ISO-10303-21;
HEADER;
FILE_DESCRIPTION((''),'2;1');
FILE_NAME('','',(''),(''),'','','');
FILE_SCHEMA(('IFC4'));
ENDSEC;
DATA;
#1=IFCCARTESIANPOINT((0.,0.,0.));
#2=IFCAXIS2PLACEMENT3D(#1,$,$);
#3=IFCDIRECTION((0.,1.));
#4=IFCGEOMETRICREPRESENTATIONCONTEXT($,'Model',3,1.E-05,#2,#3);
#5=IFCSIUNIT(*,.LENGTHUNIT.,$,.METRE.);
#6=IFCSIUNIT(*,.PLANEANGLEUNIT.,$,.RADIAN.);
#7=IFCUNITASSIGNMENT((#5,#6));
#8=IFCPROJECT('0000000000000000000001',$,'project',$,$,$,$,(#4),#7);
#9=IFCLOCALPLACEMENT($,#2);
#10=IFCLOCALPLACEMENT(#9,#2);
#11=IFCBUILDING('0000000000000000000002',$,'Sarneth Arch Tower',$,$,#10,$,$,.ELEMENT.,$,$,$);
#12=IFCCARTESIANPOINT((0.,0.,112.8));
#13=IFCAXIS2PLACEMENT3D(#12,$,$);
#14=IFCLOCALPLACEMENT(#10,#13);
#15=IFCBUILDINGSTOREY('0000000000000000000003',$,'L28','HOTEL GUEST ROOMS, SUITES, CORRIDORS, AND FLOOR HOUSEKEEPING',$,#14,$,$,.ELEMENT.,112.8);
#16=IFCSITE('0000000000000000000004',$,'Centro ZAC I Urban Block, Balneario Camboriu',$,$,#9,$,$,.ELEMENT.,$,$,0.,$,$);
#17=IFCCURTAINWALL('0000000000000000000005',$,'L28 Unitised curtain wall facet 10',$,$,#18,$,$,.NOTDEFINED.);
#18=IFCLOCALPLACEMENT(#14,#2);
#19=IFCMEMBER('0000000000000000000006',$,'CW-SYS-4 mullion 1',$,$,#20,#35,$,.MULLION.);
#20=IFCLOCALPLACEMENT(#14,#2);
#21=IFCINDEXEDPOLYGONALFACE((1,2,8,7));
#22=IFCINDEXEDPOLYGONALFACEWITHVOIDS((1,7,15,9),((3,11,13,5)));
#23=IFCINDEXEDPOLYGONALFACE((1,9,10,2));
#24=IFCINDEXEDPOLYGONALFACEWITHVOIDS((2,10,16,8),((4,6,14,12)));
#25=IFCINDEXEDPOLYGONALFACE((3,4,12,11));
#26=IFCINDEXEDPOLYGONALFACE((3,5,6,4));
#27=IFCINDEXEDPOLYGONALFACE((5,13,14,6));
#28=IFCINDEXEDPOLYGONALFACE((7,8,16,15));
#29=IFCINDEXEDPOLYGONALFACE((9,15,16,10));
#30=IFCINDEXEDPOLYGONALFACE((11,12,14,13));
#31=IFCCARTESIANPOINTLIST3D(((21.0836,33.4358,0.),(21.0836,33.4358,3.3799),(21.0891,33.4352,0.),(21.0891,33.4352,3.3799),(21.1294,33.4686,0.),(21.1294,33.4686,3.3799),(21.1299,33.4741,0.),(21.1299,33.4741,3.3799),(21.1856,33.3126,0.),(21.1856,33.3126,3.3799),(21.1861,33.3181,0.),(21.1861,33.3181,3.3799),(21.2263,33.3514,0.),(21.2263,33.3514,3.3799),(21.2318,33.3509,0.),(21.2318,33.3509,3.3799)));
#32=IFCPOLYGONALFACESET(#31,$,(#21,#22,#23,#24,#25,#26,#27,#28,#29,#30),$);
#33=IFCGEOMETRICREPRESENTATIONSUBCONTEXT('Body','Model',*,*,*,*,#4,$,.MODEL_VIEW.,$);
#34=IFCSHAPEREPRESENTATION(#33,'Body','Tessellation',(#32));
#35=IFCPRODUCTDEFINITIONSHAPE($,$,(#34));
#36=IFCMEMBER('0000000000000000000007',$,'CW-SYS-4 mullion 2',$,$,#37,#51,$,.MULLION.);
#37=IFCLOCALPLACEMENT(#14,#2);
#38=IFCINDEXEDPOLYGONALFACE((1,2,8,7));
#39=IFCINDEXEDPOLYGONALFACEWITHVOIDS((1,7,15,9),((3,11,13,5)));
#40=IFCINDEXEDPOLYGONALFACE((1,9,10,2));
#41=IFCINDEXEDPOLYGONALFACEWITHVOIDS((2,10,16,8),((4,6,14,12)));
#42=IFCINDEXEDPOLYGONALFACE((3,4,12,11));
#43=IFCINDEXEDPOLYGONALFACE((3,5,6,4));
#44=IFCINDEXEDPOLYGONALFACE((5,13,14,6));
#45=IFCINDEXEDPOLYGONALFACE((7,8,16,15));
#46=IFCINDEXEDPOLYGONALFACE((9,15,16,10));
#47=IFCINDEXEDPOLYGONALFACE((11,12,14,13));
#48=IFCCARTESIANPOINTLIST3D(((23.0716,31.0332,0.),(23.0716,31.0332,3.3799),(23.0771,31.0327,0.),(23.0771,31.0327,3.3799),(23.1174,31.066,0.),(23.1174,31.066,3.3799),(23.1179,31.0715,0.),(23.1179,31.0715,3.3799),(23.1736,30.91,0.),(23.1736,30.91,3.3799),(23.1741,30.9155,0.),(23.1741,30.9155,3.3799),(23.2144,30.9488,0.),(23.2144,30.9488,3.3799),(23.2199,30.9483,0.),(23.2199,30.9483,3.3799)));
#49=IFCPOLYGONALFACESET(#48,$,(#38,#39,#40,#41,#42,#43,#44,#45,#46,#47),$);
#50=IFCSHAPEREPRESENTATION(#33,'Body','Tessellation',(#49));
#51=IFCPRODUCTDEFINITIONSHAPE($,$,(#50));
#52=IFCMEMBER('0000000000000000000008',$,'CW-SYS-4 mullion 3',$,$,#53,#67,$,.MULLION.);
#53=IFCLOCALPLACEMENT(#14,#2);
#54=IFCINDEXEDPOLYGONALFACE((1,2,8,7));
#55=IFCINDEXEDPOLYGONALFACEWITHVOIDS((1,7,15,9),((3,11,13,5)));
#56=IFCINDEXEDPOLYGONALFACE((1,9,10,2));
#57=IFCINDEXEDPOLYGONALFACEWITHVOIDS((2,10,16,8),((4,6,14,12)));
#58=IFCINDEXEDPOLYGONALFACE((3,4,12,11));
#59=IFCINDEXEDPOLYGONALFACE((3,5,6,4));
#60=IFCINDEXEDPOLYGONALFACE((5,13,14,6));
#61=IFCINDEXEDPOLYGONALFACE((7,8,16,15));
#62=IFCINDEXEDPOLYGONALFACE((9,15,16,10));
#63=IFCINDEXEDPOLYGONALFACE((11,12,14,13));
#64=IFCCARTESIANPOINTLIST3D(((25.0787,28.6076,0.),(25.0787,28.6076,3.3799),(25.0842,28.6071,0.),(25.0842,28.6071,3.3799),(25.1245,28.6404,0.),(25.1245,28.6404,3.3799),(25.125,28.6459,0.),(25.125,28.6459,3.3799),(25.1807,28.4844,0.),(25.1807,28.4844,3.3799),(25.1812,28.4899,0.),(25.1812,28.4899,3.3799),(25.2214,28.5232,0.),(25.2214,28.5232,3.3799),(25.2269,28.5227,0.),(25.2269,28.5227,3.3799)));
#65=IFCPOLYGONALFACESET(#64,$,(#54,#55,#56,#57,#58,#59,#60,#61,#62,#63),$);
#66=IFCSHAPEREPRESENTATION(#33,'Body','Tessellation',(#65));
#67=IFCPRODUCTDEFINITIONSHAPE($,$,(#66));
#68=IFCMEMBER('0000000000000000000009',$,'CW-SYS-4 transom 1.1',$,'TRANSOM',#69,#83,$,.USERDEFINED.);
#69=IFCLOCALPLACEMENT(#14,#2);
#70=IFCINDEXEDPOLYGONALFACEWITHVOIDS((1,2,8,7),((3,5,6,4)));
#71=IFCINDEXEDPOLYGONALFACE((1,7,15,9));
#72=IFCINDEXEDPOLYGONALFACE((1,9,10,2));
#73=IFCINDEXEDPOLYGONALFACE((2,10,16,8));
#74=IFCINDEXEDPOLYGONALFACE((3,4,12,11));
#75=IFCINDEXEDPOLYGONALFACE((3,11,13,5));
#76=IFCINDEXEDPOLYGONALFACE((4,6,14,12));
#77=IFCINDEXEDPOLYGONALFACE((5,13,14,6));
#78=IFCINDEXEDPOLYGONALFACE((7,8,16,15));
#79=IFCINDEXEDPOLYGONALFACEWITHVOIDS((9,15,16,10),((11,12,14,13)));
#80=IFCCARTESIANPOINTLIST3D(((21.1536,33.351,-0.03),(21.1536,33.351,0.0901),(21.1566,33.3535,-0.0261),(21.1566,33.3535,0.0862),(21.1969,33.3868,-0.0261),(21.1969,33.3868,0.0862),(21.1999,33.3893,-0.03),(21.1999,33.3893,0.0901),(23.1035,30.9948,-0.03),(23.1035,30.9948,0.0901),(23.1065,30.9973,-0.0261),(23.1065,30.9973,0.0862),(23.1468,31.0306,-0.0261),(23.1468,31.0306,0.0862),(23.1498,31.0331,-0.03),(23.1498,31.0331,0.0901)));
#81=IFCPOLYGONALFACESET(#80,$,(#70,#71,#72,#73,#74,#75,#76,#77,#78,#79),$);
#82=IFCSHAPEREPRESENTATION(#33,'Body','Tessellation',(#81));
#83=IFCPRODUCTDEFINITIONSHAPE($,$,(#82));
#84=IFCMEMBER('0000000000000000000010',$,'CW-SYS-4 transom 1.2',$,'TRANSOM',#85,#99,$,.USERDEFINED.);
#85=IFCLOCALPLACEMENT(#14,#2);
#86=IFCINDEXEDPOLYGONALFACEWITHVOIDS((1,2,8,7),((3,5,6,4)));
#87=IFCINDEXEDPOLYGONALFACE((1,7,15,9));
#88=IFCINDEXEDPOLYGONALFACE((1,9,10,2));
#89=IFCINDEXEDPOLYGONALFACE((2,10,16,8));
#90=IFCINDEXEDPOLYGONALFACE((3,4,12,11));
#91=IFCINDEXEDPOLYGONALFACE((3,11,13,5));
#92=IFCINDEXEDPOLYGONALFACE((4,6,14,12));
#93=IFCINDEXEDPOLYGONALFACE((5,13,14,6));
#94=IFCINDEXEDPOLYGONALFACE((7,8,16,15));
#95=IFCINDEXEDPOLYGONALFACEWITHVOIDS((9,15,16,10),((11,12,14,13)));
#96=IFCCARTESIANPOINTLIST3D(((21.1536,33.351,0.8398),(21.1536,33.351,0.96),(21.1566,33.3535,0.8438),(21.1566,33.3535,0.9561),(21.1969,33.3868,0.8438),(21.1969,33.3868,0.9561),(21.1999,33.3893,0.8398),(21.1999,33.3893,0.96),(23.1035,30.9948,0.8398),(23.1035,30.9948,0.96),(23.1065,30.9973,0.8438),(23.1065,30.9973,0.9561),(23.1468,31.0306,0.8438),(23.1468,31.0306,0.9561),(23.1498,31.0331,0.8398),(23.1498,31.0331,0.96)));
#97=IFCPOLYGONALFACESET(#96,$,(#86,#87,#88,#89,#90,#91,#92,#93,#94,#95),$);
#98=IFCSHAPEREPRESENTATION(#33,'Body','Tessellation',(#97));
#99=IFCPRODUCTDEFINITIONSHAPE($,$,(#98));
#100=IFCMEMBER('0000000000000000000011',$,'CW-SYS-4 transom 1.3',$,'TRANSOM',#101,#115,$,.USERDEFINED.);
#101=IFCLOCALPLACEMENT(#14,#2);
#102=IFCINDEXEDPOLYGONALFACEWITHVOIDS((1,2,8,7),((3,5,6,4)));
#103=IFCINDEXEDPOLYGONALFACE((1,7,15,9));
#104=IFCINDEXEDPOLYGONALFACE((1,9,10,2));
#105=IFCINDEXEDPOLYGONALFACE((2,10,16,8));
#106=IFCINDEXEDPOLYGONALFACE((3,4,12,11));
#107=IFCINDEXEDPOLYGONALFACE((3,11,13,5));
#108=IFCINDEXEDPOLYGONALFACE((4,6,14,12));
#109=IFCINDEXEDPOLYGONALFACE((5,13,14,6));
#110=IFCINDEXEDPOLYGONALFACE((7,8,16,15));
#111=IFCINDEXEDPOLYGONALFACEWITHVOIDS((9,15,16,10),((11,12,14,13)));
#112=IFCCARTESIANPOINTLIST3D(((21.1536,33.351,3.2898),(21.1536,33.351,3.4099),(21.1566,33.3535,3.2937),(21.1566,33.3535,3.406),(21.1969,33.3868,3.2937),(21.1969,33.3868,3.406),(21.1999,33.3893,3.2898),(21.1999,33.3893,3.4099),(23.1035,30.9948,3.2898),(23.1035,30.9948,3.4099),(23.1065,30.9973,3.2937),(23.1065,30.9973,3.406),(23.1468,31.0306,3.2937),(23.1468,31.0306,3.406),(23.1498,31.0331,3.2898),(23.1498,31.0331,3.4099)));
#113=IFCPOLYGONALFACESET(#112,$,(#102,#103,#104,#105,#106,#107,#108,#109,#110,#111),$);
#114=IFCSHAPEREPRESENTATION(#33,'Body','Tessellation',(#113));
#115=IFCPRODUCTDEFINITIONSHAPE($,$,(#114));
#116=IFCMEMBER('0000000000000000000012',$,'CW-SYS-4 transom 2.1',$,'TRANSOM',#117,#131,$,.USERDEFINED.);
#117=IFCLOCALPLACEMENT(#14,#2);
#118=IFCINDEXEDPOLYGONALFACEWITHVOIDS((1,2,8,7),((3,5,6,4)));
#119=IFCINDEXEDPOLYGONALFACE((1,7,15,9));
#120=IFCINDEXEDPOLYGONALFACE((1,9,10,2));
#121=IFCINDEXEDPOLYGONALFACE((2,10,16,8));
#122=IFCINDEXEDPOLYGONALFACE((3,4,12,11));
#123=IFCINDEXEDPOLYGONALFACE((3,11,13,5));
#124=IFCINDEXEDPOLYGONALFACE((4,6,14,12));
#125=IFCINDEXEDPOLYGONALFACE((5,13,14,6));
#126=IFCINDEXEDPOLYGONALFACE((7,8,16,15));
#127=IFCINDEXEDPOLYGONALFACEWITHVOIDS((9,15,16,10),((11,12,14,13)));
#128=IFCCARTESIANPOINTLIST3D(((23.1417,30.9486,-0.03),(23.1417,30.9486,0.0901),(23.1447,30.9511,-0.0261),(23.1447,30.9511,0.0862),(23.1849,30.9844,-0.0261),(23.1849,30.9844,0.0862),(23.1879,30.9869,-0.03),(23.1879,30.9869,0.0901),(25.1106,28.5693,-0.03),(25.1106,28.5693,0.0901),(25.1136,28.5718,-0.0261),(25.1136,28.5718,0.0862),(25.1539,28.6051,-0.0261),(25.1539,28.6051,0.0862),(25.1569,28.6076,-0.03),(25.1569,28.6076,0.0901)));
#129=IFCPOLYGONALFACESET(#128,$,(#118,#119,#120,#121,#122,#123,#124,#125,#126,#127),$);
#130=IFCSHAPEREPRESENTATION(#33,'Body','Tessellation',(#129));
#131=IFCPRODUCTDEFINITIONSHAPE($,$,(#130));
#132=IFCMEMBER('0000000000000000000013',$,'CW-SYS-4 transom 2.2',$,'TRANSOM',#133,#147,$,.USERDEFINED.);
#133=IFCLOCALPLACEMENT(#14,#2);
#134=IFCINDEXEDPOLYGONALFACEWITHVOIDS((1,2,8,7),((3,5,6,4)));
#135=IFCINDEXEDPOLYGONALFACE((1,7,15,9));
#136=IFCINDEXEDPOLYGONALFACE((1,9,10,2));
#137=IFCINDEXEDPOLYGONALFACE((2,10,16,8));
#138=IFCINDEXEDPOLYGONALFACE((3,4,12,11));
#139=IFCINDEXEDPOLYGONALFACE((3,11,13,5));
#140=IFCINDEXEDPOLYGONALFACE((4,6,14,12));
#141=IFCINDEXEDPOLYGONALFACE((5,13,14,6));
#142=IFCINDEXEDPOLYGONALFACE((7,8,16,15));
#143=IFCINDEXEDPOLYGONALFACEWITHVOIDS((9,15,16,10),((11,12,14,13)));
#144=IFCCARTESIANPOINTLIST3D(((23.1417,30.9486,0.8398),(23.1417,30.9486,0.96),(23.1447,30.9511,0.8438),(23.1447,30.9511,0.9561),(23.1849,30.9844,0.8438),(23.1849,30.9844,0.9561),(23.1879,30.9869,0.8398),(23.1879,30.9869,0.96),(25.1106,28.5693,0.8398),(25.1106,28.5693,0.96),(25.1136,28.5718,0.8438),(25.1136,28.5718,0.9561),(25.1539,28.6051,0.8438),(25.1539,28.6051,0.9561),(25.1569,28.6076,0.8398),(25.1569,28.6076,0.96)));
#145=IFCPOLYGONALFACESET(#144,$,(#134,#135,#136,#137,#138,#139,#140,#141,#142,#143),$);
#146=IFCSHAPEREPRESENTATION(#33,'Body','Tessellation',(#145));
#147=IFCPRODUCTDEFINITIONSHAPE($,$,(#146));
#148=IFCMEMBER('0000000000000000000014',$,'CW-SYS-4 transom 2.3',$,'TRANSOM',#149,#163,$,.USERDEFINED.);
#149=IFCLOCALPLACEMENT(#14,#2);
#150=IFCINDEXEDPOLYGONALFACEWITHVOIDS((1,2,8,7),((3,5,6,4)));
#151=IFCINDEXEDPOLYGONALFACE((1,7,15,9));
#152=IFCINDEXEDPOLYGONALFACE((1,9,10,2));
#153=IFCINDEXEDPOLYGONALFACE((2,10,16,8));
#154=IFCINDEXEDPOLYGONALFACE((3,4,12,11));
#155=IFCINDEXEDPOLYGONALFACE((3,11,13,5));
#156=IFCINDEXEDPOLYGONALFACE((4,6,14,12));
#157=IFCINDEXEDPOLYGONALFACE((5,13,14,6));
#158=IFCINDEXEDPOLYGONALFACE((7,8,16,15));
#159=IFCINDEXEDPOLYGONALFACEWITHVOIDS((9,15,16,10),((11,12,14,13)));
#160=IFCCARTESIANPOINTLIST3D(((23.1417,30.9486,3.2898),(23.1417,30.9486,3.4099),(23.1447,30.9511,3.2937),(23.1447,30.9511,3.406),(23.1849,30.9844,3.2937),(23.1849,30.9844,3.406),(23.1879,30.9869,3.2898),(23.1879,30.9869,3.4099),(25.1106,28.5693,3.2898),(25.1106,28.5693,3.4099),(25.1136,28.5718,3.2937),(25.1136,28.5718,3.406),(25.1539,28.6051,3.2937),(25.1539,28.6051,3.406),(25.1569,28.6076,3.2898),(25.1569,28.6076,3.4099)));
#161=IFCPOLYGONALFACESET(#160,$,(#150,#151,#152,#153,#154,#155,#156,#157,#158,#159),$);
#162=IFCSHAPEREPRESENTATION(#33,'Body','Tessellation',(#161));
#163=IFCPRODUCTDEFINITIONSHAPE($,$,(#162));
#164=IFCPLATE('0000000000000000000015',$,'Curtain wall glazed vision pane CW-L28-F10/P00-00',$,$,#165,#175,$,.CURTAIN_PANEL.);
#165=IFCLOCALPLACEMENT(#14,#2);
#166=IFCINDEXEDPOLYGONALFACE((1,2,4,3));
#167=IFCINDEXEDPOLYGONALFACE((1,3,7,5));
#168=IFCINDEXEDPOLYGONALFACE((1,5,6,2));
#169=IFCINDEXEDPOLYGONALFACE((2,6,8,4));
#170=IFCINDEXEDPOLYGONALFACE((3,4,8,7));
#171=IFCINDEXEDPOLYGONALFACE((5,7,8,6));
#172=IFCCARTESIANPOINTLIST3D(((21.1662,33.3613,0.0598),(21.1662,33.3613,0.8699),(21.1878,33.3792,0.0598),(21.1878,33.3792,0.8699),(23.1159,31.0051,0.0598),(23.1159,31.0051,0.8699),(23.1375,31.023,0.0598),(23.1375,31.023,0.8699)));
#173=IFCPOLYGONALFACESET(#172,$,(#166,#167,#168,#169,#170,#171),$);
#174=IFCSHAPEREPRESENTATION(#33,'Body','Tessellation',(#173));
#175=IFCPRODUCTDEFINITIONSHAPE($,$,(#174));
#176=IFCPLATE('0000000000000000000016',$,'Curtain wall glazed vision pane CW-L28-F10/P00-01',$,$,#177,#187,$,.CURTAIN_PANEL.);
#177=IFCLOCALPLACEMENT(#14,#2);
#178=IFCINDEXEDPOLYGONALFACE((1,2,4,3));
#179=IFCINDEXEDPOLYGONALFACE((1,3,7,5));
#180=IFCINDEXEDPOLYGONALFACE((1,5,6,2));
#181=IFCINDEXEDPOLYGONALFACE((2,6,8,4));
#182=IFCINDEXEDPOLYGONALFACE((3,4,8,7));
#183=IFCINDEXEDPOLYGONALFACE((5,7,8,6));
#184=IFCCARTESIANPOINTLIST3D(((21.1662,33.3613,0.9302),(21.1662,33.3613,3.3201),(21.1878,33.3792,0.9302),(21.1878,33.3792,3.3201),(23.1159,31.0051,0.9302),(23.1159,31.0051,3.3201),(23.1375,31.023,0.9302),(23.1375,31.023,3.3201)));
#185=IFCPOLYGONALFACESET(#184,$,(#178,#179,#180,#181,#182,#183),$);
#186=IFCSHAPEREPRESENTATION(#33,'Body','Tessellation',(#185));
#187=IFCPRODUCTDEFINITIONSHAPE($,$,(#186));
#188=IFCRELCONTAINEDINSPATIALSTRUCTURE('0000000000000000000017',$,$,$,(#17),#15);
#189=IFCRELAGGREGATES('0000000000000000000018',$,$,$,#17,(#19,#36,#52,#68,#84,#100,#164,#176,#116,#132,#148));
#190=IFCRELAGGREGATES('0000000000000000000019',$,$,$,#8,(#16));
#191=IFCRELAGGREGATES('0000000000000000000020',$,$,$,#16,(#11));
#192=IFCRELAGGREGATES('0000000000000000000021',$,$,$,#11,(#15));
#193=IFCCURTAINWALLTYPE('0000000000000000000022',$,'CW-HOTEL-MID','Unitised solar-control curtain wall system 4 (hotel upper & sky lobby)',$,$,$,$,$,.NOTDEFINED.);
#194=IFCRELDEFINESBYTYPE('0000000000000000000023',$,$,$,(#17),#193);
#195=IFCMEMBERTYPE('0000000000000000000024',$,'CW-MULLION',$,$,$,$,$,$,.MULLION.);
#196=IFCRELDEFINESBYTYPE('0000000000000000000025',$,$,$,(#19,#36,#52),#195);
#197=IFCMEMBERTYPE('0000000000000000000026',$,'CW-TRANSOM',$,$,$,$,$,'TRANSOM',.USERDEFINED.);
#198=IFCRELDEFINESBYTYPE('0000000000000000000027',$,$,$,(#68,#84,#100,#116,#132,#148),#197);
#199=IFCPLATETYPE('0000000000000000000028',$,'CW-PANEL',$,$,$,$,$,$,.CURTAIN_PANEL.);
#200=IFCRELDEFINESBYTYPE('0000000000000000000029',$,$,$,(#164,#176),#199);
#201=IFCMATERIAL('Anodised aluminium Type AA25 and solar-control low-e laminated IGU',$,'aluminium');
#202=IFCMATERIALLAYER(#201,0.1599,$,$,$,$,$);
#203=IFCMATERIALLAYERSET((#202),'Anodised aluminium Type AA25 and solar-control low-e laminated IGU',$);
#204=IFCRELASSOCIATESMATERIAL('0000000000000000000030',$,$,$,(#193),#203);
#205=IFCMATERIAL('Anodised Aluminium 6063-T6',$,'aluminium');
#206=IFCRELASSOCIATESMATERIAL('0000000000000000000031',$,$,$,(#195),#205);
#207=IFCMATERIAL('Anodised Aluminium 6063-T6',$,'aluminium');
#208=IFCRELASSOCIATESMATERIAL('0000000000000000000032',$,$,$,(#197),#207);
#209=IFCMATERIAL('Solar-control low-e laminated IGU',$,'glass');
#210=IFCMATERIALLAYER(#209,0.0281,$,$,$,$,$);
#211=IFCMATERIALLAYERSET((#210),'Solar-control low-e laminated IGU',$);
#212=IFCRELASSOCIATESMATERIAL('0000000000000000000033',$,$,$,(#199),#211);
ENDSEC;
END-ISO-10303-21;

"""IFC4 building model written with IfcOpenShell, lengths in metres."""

from ifc_helpers import new_model, si_unit, direction, frame, origin, origin_2d, place, context, subcontext, project, spatial, rectangle, hollow_rectangle, extrude, material, layer, layer_set, material_profile, profile_set, type_object, element, aggregate, save


model = new_model("IFC4")

# Units and contexts
model_context = context("Model", 3, precision=1e-05, world=origin(), true_north=direction((0.0, 1.0)))
body_context = subcontext(model_context, "Body", "Model", "MODEL_VIEW")
ifc_project = project(units=[si_unit("LENGTHUNIT", "METRE"), si_unit("PLANEANGLEUNIT", "RADIAN")], contexts=[model_context])

# Site, building, storey
site_placement = place(None, origin())
site = spatial("IfcSite", under=ifc_project, at=site_placement, Name="Centro ZAC I Urban Block, Balneario Camboriu", CompositionType="ELEMENT", RefElevation=0.0)
building_placement = place(site_placement, origin())
building = spatial("IfcBuilding", under=site, at=building_placement, Name="Sarneth Arch Tower", CompositionType="ELEMENT")
storey_placement = place(building_placement, frame((0.0, 0.0, 112.8)))
storey = spatial("IfcBuildingStorey", under=building, at=storey_placement, Name="L28", Description="HOTEL GUEST ROOMS, SUITES, CORRIDORS, AND FLOOR HOUSEKEEPING", CompositionType="ELEMENT", Elevation=112.8)

# Curtain wall, members, plates
ifc_material_1 = material(Name="Anodised aluminium Type AA25 and solar-control low-e laminated IGU", Category="aluminium")
ifc_layer_1 = layer(ifc_material_1, 0.1599)
ifc_layer_set_1 = layer_set([ifc_layer_1], Name="Anodised aluminium Type AA25 and solar-control low-e laminated IGU")
curtain_wall_type = type_object("IfcCurtainWallType", Name="CW-HOTEL-MID", Description="Unitised solar-control curtain wall system 4 (hotel upper & sky lobby)", PredefinedType="NOTDEFINED", material=ifc_layer_set_1)
curtain_wall_placement = place(storey_placement, origin())
curtain_wall = element("IfcCurtainWall", 1, at=curtain_wall_placement, inside=storey, type_object=curtain_wall_type, Name="L28 Unitised curtain wall facet 10", PredefinedType="NOTDEFINED")
ifc_material_2 = material(Name="Anodised Aluminium 6063-T6", Category="aluminium")
ifc_material_profile_1 = material_profile(ifc_material_2, hollow_rectangle(XDim=0.0601, YDim=0.1599, WallThickness=0.0039, at=origin_2d()), Name="AL-MULL-160x60x4")
ifc_profile_set_1 = profile_set([ifc_material_profile_1], Name="Anodised Aluminium 6063-T6")
member_type_1 = type_object("IfcMemberType", Name="CW-MULLION", PredefinedType="MULLION", material=ifc_profile_set_1)
member_1_placement = place(storey_placement, frame((21.1577, 33.3933, 0.0), z_axis=(0.0, 0.0, 1.0), x_axis=(0.770438, 0.637515, 0.0)))
member_1 = element("IfcMember", 2, at=member_1_placement, type_object=member_type_1, Name="CW-SYS-4 mullion 1", PredefinedType="MULLION", context=body_context, shape_type="SweptSolid", body=[
    extrude(hollow_rectangle(XDim=0.0601, YDim=0.1599, WallThickness=0.0039, at=origin_2d()), origin(), (0.0, 0.0, 1.0), 3.3799),
])
member_2_placement = place(storey_placement, frame((23.1458, 30.9907, 0.0), z_axis=(0.0, 0.0, 1.0), x_axis=(0.770438, 0.637515, 0.0)))
member_2 = element("IfcMember", 3, at=member_2_placement, type_object=member_type_1, Name="CW-SYS-4 mullion 2", PredefinedType="MULLION", context=body_context, shape_type="SweptSolid", body=[
    extrude(hollow_rectangle(XDim=0.0601, YDim=0.1599, WallThickness=0.0039, at=origin_2d()), origin(), (0.0, 0.0, 1.0), 3.3799),
])
member_3_placement = place(storey_placement, frame((25.1528, 28.5652, 0.0), z_axis=(0.0, 0.0, 1.0), x_axis=(0.770438, 0.637515, 0.0)))
member_3 = element("IfcMember", 4, at=member_3_placement, type_object=member_type_1, Name="CW-SYS-4 mullion 3", PredefinedType="MULLION", context=body_context, shape_type="SweptSolid", body=[
    extrude(hollow_rectangle(XDim=0.0601, YDim=0.1599, WallThickness=0.0039, at=origin_2d()), origin(), (0.0, 0.0, 1.0), 3.3799),
])
ifc_material_3 = material(Name="Anodised Aluminium 6063-T6", Category="aluminium")
ifc_material_profile_2 = material_profile(ifc_material_3, hollow_rectangle(XDim=0.0601, YDim=0.1201, WallThickness=0.0039, at=origin_2d()), Name="AL-TRAN-120x60x4")
ifc_profile_set_2 = profile_set([ifc_material_profile_2], Name="Anodised Aluminium 6063-T6")
member_type_2 = type_object("IfcMemberType", Name="CW-TRANSOM", ElementType="TRANSOM", PredefinedType="USERDEFINED", material=ifc_profile_set_2)
member_4_placement = place(storey_placement, frame((21.1768, 33.3701, 0.03), z_axis=(0.637566, -0.770396, 0.0), x_axis=(0.770396, 0.637566, 0.0)))
member_4 = element("IfcMember", 5, at=member_4_placement, type_object=member_type_2, Name="CW-SYS-4 transom 1.1", ObjectType="TRANSOM", PredefinedType="USERDEFINED", context=body_context, shape_type="SweptSolid", body=[
    extrude(hollow_rectangle(XDim=0.0601, YDim=0.1201, WallThickness=0.0039, at=origin_2d()), origin(), (0.0, 0.0, 1.0), 3.0583),
])
member_5_placement = place(storey_placement, frame((21.1768, 33.3701, 0.8999), z_axis=(0.637566, -0.770396, 0.0), x_axis=(0.770396, 0.637566, 0.0)))
member_5 = element("IfcMember", 6, at=member_5_placement, type_object=member_type_2, Name="CW-SYS-4 transom 1.2", ObjectType="TRANSOM", PredefinedType="USERDEFINED", context=body_context, shape_type="SweptSolid", body=[
    extrude(hollow_rectangle(XDim=0.0601, YDim=0.1201, WallThickness=0.0039, at=origin_2d()), origin(), (0.0, 0.0, 1.0), 3.0583),
])
member_6_placement = place(storey_placement, frame((21.1768, 33.3701, 3.3499), z_axis=(0.637566, -0.770396, 0.0), x_axis=(0.770396, 0.637566, 0.0)))
member_6 = element("IfcMember", 7, at=member_6_placement, type_object=member_type_2, Name="CW-SYS-4 transom 1.3", ObjectType="TRANSOM", PredefinedType="USERDEFINED", context=body_context, shape_type="SweptSolid", body=[
    extrude(hollow_rectangle(XDim=0.0601, YDim=0.1201, WallThickness=0.0039, at=origin_2d()), origin(), (0.0, 0.0, 1.0), 3.0583),
])
member_7_placement = place(storey_placement, frame((23.1648, 30.9678, 0.03), z_axis=(0.637537, -0.77042, 0.0), x_axis=(0.77042, 0.637537, 0.0)))
member_7 = element("IfcMember", 8, at=member_7_placement, type_object=member_type_2, Name="CW-SYS-4 transom 2.1", ObjectType="TRANSOM", PredefinedType="USERDEFINED", context=body_context, shape_type="SweptSolid", body=[
    extrude(hollow_rectangle(XDim=0.0601, YDim=0.1201, WallThickness=0.0039, at=origin_2d()), origin(), (0.0, 0.0, 1.0), 3.0884),
])
member_8_placement = place(storey_placement, frame((23.1648, 30.9678, 0.8999), z_axis=(0.637537, -0.77042, 0.0), x_axis=(0.77042, 0.637537, 0.0)))
member_8 = element("IfcMember", 9, at=member_8_placement, type_object=member_type_2, Name="CW-SYS-4 transom 2.2", ObjectType="TRANSOM", PredefinedType="USERDEFINED", context=body_context, shape_type="SweptSolid", body=[
    extrude(hollow_rectangle(XDim=0.0601, YDim=0.1201, WallThickness=0.0039, at=origin_2d()), origin(), (0.0, 0.0, 1.0), 3.0884),
])
member_9_placement = place(storey_placement, frame((23.1648, 30.9678, 3.3499), z_axis=(0.637537, -0.77042, 0.0), x_axis=(0.77042, 0.637537, 0.0)))
member_9 = element("IfcMember", 10, at=member_9_placement, type_object=member_type_2, Name="CW-SYS-4 transom 2.3", ObjectType="TRANSOM", PredefinedType="USERDEFINED", context=body_context, shape_type="SweptSolid", body=[
    extrude(hollow_rectangle(XDim=0.0601, YDim=0.1201, WallThickness=0.0039, at=origin_2d()), origin(), (0.0, 0.0, 1.0), 3.0884),
])
ifc_material_4 = material(Name="Solar-control low-e laminated IGU", Category="glass")
ifc_layer_2 = layer(ifc_material_4, 0.0281)
ifc_layer_set_2 = layer_set([ifc_layer_2], Name="Solar-control low-e laminated IGU")
plate_type_1 = type_object("IfcPlateType", Name="CW-PANEL", PredefinedType="CURTAIN_PANEL", material=ifc_layer_set_2)
plate_1_placement = place(storey_placement, frame((22.1519, 32.1921, 0.0598), z_axis=(0.0, 0.0, 1.0), x_axis=(0.637515, -0.770438, 0.0)))
plate_1 = element("IfcPlate", 11, at=plate_1_placement, type_object=plate_type_1, Name="Curtain wall glazed vision pane CW-L28-F10/P00-00", PredefinedType="CURTAIN_PANEL", context=body_context, shape_type="SweptSolid", body=[
    extrude(rectangle(XDim=3.0583, YDim=0.0281, at=origin_2d()), origin(), (0.0, 0.0, 1.0), 0.8101),
])
plate_2_placement = place(storey_placement, frame((22.1519, 32.1921, 0.9302), z_axis=(0.0, 0.0, 1.0), x_axis=(0.637515, -0.770438, 0.0)))
plate_2 = element("IfcPlate", 12, at=plate_2_placement, type_object=plate_type_1, Name="Curtain wall glazed vision pane CW-L28-F10/P00-01", PredefinedType="CURTAIN_PANEL", context=body_context, shape_type="SweptSolid", body=[
    extrude(rectangle(XDim=3.0583, YDim=0.0281, at=origin_2d()), origin(), (0.0, 0.0, 1.0), 2.3899),
])
aggregate(curtain_wall, [member_1, member_2, member_3, member_4, member_5, member_6, plate_1, plate_2, member_7, member_8, member_9])

save(model, "model.ifc")
